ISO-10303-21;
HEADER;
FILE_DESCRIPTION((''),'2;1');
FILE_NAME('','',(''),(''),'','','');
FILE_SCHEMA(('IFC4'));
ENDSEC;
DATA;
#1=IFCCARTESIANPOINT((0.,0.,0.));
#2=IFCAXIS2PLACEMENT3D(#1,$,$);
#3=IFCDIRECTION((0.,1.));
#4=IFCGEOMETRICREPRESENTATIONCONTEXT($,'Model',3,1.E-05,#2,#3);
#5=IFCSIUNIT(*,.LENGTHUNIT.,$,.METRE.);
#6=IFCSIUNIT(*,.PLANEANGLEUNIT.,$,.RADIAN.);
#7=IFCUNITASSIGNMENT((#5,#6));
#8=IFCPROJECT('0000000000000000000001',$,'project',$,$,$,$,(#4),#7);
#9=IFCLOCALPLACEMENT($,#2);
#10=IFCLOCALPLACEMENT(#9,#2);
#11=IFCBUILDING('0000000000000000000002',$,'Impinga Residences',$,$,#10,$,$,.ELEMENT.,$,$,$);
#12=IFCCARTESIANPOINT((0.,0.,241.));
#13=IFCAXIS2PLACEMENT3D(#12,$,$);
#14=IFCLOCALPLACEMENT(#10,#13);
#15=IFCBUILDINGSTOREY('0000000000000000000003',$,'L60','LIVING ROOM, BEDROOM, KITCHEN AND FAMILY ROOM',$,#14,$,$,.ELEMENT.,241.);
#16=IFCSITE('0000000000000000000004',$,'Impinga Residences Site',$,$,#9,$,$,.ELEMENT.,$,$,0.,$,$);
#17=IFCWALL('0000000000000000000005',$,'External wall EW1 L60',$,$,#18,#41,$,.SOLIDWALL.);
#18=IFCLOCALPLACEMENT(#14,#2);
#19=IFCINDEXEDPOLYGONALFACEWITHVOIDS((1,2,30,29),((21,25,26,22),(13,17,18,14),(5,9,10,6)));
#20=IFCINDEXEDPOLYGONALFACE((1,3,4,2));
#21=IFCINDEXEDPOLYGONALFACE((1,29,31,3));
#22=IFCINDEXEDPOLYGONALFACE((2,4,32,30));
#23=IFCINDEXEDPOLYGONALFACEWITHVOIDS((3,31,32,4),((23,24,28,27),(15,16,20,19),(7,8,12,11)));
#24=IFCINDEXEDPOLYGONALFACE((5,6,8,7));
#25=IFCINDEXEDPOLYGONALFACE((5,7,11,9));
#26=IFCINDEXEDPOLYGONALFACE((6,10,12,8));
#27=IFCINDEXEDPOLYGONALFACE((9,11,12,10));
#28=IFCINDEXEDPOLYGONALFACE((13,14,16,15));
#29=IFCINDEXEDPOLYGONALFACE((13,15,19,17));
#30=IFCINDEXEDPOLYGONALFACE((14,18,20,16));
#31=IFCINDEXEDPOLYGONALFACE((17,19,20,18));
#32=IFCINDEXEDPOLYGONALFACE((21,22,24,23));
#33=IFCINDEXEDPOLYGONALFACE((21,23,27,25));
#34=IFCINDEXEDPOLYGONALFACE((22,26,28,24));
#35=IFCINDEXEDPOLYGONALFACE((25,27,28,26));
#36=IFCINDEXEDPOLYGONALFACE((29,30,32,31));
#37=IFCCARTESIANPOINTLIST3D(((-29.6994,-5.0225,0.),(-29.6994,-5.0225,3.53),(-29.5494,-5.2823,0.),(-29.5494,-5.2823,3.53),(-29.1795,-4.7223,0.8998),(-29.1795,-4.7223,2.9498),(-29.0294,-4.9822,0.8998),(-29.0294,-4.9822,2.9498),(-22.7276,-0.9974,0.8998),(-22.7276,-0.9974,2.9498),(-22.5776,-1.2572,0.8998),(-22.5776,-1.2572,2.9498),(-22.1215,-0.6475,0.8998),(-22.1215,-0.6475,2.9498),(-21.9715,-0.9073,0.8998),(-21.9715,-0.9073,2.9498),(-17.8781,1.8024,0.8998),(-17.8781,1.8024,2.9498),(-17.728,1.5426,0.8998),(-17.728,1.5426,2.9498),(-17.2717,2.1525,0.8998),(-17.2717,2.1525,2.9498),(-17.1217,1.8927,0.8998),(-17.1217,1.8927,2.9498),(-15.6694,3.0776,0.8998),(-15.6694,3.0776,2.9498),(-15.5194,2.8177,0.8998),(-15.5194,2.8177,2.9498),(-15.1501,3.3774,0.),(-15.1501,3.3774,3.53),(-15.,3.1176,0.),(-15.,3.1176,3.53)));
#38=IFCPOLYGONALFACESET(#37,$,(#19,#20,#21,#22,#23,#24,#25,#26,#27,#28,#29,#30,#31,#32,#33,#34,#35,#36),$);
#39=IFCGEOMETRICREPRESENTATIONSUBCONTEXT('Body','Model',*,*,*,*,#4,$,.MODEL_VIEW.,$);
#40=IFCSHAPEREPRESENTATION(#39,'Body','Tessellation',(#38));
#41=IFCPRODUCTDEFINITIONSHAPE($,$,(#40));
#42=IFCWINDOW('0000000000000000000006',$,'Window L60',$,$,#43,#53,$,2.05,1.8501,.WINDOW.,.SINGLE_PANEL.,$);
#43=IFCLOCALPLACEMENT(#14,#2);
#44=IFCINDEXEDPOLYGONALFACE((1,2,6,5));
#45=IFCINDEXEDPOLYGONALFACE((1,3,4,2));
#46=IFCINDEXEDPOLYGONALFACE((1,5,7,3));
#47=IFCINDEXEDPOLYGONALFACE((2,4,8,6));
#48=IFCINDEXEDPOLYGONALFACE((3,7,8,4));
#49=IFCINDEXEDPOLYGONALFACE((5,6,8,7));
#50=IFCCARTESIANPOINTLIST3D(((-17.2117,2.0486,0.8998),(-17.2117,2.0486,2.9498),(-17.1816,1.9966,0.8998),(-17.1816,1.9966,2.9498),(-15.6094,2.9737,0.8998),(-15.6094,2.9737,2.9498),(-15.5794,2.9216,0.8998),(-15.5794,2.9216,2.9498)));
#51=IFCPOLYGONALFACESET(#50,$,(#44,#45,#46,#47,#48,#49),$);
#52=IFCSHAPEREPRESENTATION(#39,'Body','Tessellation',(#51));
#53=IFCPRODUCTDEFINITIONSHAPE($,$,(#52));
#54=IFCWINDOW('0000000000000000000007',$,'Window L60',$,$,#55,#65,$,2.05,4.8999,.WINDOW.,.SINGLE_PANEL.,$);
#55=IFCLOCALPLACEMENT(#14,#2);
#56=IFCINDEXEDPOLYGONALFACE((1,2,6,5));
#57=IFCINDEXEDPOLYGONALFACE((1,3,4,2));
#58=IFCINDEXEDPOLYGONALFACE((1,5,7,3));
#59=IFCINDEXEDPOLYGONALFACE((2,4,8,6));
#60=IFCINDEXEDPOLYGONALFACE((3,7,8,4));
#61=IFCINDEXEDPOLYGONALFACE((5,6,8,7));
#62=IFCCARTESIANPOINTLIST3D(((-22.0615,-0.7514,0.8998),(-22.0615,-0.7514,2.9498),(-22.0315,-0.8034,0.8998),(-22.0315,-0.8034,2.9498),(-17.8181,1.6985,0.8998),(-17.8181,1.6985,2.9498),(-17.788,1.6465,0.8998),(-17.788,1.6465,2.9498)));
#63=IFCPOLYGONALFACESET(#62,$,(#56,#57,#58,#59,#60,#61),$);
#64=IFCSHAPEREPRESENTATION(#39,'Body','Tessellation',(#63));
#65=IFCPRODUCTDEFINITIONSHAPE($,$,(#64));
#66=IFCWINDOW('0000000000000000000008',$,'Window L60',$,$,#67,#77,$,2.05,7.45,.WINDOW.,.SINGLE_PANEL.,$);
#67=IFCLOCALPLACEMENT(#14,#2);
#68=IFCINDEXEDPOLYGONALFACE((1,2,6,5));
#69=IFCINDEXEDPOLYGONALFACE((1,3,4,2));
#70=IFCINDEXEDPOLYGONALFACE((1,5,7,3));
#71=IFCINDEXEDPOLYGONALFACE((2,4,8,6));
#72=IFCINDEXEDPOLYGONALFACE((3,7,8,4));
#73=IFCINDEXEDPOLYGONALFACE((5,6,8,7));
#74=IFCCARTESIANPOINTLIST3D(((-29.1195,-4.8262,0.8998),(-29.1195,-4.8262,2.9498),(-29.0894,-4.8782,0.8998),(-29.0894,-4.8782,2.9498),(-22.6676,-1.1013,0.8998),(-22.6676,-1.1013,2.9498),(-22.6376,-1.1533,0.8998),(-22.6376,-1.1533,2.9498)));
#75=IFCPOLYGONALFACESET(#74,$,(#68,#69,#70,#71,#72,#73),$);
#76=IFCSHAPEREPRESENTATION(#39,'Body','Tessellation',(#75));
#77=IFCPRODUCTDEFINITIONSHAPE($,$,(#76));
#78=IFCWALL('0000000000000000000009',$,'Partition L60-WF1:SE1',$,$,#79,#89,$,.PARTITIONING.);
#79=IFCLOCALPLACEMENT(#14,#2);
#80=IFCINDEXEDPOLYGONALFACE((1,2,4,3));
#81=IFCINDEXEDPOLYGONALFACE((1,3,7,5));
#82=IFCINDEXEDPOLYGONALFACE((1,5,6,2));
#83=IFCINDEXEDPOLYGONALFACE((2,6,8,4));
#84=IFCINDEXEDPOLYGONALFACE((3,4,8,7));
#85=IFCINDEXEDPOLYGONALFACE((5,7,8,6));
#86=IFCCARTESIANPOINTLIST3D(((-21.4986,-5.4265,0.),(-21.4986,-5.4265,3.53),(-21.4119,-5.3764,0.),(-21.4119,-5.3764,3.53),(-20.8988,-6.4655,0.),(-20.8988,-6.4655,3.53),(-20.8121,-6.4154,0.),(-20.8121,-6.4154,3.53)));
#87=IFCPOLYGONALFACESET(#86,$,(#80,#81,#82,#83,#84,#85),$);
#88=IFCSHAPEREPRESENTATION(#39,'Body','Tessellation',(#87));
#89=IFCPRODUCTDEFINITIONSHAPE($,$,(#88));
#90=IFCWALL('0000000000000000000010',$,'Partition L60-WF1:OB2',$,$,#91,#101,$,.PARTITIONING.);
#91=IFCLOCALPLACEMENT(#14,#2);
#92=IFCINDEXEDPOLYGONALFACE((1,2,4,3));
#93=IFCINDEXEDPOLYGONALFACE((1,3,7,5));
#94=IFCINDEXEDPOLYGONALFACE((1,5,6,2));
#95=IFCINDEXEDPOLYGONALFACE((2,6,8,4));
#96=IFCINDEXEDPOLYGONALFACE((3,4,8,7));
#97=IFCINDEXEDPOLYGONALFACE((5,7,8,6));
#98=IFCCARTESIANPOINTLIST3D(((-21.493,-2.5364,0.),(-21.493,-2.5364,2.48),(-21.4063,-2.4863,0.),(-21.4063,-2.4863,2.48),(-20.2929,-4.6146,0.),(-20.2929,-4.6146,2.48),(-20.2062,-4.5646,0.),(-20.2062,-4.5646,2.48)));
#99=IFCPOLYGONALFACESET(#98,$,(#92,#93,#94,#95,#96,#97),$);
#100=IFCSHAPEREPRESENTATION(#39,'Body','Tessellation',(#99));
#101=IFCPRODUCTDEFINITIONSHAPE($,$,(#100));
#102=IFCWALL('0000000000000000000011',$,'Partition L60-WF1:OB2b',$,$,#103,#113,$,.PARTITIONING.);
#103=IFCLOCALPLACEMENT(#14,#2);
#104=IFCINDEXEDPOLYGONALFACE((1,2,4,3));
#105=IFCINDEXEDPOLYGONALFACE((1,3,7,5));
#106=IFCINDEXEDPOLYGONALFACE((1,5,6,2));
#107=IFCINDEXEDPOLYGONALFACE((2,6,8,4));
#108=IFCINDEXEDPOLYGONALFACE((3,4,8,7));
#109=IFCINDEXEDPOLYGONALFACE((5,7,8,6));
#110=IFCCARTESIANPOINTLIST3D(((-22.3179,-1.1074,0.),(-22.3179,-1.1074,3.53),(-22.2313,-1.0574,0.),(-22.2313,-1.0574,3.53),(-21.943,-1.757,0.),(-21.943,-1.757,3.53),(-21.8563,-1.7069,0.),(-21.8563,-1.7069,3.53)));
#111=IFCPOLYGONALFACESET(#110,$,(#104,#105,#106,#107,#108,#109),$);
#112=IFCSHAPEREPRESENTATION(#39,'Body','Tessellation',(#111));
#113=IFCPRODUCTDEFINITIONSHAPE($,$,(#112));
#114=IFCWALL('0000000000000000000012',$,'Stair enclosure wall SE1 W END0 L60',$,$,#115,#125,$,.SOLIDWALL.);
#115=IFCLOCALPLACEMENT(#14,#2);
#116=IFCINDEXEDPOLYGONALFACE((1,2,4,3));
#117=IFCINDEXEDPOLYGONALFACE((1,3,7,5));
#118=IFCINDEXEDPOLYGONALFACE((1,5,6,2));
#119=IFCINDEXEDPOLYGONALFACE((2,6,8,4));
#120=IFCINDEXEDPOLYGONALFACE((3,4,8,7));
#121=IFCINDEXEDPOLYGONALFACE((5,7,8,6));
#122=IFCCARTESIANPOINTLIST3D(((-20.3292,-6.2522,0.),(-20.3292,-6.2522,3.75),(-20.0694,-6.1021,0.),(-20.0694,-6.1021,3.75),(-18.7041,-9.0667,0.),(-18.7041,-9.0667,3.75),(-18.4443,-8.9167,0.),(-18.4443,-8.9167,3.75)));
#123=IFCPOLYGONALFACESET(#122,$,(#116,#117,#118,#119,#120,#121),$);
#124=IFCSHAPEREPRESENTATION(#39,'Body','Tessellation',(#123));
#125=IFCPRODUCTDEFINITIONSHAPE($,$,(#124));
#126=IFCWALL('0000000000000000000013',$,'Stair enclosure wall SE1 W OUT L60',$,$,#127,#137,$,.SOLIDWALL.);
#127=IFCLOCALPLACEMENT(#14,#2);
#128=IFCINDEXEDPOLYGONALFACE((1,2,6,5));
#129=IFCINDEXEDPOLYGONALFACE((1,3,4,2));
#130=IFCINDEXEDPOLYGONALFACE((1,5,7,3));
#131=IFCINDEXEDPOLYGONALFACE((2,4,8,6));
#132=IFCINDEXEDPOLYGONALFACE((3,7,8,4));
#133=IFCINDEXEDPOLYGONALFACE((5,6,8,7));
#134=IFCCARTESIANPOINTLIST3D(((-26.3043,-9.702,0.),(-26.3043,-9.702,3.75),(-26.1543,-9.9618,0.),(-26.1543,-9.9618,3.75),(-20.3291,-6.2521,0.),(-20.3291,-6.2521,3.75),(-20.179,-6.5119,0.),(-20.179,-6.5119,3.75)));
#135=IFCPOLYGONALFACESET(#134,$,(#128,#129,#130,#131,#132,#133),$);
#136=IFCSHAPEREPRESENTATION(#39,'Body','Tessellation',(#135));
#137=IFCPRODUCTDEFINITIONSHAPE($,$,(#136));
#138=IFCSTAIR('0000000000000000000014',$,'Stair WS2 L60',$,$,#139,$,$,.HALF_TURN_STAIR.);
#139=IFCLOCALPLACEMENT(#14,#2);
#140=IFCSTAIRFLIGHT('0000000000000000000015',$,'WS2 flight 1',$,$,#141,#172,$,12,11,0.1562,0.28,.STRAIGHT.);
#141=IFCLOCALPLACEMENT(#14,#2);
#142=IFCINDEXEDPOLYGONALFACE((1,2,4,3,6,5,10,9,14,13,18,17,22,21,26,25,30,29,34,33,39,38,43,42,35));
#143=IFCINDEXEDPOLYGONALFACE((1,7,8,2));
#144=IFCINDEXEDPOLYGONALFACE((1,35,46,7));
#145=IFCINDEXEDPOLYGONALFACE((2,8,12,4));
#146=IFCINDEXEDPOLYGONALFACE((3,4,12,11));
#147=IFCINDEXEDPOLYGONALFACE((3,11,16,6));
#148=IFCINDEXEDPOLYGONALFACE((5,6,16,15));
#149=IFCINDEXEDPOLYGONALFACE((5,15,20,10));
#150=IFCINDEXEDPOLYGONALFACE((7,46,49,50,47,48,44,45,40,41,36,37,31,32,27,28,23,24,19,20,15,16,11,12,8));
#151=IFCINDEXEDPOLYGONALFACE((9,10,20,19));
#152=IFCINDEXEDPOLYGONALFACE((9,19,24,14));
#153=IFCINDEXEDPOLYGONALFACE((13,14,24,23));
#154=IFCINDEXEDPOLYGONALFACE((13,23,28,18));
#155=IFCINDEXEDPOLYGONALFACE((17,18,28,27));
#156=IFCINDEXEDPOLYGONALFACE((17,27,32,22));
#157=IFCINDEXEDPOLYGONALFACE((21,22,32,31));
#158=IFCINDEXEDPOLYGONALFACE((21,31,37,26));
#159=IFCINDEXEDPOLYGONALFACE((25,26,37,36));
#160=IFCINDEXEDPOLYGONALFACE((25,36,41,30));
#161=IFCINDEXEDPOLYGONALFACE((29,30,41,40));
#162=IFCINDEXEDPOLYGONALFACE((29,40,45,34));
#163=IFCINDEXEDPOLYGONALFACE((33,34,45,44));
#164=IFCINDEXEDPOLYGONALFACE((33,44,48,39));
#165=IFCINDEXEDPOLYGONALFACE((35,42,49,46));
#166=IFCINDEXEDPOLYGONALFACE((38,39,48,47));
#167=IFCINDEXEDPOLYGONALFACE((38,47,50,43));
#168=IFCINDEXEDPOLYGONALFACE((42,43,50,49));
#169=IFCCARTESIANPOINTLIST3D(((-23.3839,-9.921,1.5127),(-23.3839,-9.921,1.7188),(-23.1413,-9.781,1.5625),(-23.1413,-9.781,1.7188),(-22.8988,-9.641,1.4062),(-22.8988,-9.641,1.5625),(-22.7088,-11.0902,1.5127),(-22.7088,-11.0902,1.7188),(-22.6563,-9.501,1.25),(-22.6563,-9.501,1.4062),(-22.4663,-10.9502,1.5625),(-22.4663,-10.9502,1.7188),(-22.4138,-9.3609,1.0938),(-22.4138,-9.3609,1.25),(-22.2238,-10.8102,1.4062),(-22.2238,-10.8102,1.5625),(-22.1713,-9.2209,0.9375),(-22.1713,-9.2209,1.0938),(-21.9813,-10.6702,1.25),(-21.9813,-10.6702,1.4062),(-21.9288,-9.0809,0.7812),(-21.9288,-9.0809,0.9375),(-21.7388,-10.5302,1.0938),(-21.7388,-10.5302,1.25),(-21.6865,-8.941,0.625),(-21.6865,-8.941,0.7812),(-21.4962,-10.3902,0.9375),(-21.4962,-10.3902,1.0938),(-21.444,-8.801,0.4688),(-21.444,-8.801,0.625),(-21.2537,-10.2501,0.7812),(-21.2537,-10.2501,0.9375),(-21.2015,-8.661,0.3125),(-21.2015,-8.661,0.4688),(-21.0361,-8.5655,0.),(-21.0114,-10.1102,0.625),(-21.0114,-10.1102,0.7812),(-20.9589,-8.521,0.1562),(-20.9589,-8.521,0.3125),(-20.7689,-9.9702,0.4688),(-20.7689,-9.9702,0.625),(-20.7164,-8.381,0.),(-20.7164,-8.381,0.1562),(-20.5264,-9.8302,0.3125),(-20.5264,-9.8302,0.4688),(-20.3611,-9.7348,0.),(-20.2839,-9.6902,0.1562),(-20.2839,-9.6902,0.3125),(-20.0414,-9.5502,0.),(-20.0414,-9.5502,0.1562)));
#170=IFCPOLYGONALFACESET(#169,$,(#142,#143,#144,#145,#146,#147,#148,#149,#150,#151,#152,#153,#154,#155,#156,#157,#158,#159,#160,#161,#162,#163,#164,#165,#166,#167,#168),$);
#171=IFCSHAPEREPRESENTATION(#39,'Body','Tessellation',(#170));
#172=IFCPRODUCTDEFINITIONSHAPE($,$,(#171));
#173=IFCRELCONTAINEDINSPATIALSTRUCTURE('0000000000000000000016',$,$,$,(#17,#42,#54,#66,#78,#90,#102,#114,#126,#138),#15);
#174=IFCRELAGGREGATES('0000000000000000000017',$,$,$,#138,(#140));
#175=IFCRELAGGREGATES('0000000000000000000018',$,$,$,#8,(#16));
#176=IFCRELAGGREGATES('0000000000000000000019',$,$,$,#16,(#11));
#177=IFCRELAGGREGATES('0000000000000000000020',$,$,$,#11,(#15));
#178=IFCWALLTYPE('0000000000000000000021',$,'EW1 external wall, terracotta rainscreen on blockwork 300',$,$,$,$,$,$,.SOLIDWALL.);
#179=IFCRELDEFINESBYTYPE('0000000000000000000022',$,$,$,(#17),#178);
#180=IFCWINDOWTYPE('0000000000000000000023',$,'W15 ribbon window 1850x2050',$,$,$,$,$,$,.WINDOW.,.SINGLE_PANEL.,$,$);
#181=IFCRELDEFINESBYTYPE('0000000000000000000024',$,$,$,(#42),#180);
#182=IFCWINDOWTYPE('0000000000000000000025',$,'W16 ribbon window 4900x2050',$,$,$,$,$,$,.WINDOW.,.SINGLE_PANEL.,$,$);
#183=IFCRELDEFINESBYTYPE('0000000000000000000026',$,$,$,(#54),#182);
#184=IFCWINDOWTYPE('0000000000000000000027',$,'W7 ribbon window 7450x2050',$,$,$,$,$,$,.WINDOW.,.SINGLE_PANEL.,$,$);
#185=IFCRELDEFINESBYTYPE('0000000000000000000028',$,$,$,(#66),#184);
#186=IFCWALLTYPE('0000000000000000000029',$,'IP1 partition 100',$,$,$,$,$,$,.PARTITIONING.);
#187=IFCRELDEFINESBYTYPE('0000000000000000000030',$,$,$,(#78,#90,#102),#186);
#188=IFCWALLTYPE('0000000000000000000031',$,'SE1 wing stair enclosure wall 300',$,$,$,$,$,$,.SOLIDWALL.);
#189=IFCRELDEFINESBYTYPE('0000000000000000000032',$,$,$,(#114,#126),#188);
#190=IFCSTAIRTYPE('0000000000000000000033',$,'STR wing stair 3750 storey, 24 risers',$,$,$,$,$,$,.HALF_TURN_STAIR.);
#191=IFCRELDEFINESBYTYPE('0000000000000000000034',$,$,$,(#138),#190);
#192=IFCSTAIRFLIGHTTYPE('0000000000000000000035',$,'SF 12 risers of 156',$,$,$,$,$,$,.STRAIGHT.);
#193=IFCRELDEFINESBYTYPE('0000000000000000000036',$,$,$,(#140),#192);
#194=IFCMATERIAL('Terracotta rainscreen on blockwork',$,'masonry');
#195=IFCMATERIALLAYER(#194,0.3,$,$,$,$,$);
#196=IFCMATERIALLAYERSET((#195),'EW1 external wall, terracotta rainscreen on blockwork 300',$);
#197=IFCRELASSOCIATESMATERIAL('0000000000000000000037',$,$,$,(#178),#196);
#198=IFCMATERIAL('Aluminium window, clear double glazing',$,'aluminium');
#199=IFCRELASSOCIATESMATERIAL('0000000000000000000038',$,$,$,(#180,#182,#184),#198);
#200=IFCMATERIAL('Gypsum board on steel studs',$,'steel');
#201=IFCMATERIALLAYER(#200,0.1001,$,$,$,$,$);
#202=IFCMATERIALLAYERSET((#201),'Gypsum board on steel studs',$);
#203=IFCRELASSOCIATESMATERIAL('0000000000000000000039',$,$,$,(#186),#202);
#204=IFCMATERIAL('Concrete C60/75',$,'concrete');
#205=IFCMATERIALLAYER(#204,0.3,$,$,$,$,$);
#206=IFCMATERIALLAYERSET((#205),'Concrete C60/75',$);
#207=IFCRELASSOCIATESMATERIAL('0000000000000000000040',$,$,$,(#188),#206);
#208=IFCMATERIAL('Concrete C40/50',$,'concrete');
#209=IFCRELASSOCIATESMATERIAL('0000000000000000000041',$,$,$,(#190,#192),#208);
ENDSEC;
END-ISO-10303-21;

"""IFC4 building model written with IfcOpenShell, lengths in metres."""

from ifc_helpers import new_model, si_unit, direction, frame, frame_2d, origin, place, context, subcontext, project, spatial, polyline, rectangle, outline, extrude, material, layer, layer_set, type_object, element, fill, aggregate, save


model = new_model("IFC4")

# Units and contexts
model_context = context("Model", 3, precision=1e-05, world=origin(), true_north=direction((0.0, 1.0)))
body_context = subcontext(model_context, "Body", "Model", "MODEL_VIEW")
ifc_project = project(units=[si_unit("LENGTHUNIT", "METRE"), si_unit("PLANEANGLEUNIT", "RADIAN")], contexts=[model_context])

# Site, building, storey
site_placement = place(None, origin())
site = spatial("IfcSite", under=ifc_project, at=site_placement, Name="Impinga Residences Site", CompositionType="ELEMENT", RefElevation=0.0)
building_placement = place(site_placement, origin())
building = spatial("IfcBuilding", under=site, at=building_placement, Name="Impinga Residences", CompositionType="ELEMENT")
storey_placement = place(building_placement, frame((0.0, 0.0, 241.0)))
storey = spatial("IfcBuildingStorey", under=building, at=storey_placement, Name="L60", Description="LIVING ROOM, BEDROOM, KITCHEN AND FAMILY ROOM", CompositionType="ELEMENT", Elevation=241.0)

# Shared definitions
ifc_material_1 = material(Name="Concrete C60/75", Category="concrete")

# Shared definitions
ifc_material_2 = material(Name="Terracotta rainscreen on blockwork", Category="masonry")
ifc_layer_1 = layer(ifc_material_2, 0.3)
ifc_layer_set_1 = layer_set([ifc_layer_1], Name="EW1 external wall, terracotta rainscreen on blockwork 300")
wall_type_1 = type_object("IfcWallType", Name="EW1 external wall, terracotta rainscreen on blockwork 300", PredefinedType="SOLIDWALL", material=ifc_layer_set_1)

# Wall, openings, windows
wall_1_placement = place(storey_placement, frame((-29.6243, -5.1523, 0.0), z_axis=(0.0, 0.0, 1.0), x_axis=(0.866029, 0.499993, 0.0)))
wall_1 = element("IfcWall", 1, at=wall_1_placement, inside=storey, type_object=wall_type_1, Name="External wall EW1 L60", PredefinedType="SOLIDWALL", context=body_context, shape_type="SweptSolid", body=[
    extrude(rectangle(XDim=16.8, YDim=0.3, at=frame_2d((8.3999, 0.0))), origin(), (0.0, 0.0, 1.0), 3.53),
])
opening_1_placement = place(wall_1_placement, frame((0.6001, 0.0, 0.8999)))
opening_1 = element("IfcOpeningElement", 2, at=opening_1_placement, cuts=wall_1, PredefinedType="OPENING", context=body_context, shape_type="SweptSolid", body=[
    extrude(rectangle(XDim=7.45, YDim=2.05, at=frame_2d((3.7251, 1.0249))), frame((0.0, 0.1599, 0.0), z_axis=(0.0, -1.0, 0.0), x_axis=(1.0, 0.0, 0.0)), (0.0, 0.0, 1.0), 0.3201),
])
opening_2_placement = place(wall_1_placement, frame((8.75, 0.0, 0.8999)))
opening_2 = element("IfcOpeningElement", 3, at=opening_2_placement, cuts=wall_1, PredefinedType="OPENING", context=body_context, shape_type="SweptSolid", body=[
    extrude(rectangle(XDim=4.8999, YDim=2.05, at=frame_2d((2.45, 1.0249))), frame((0.0, 0.1599, 0.0), z_axis=(0.0, -1.0, 0.0), x_axis=(1.0, 0.0, 0.0)), (0.0, 0.0, 1.0), 0.3201),
])
opening_3_placement = place(wall_1_placement, frame((14.3501, 0.0, 0.8999)))
opening_3 = element("IfcOpeningElement", 4, at=opening_3_placement, cuts=wall_1, PredefinedType="OPENING", context=body_context, shape_type="SweptSolid", body=[
    extrude(rectangle(XDim=1.8501, YDim=2.05, at=frame_2d((0.925, 1.0249))), frame((0.0, 0.1599, 0.0), z_axis=(0.0, -1.0, 0.0), x_axis=(1.0, 0.0, 0.0)), (0.0, 0.0, 1.0), 0.3201),
])
ifc_material_3 = material(Name="Aluminium window, clear double glazing", Category="aluminium")
window_type_1 = type_object("IfcWindowType", Name="W15 ribbon window 1850x2050", PartitioningType="SINGLE_PANEL", PredefinedType="WINDOW", material=ifc_material_3)
window_1_placement = place(opening_3_placement, origin())
window_1 = element("IfcWindow", 5, at=window_1_placement, inside=storey, type_object=window_type_1, Name="Window L60", OverallHeight=2.05, OverallWidth=1.8501, PartitioningType="SINGLE_PANEL", PredefinedType="WINDOW", context=body_context, shape_type="SweptSolid", body=[
    extrude(rectangle(XDim=1.8501, YDim=2.05, at=frame_2d((0.925, 1.0249))), frame((0.0, 0.03, 0.0), z_axis=(0.0, -1.0, 0.0), x_axis=(1.0, 0.0, 0.0)), (0.0, 0.0, 1.0), 0.0601),
])
fill(opening_3, window_1)
window_type_2 = type_object("IfcWindowType", Name="W16 ribbon window 4900x2050", PartitioningType="SINGLE_PANEL", PredefinedType="WINDOW", material=ifc_material_3)
window_2_placement = place(opening_2_placement, origin())
window_2 = element("IfcWindow", 6, at=window_2_placement, inside=storey, type_object=window_type_2, Name="Window L60", OverallHeight=2.05, OverallWidth=4.8999, PartitioningType="SINGLE_PANEL", PredefinedType="WINDOW", context=body_context, shape_type="SweptSolid", body=[
    extrude(rectangle(XDim=4.8999, YDim=2.05, at=frame_2d((2.45, 1.0249))), frame((0.0, 0.03, 0.0), z_axis=(0.0, -1.0, 0.0), x_axis=(1.0, 0.0, 0.0)), (0.0, 0.0, 1.0), 0.0601),
])
fill(opening_2, window_2)
window_type_3 = type_object("IfcWindowType", Name="W7 ribbon window 7450x2050", PartitioningType="SINGLE_PANEL", PredefinedType="WINDOW", material=ifc_material_3)
window_3_placement = place(opening_1_placement, origin())
window_3 = element("IfcWindow", 7, at=window_3_placement, inside=storey, type_object=window_type_3, Name="Window L60", OverallHeight=2.05, OverallWidth=7.45, PartitioningType="SINGLE_PANEL", PredefinedType="WINDOW", context=body_context, shape_type="SweptSolid", body=[
    extrude(rectangle(XDim=7.45, YDim=2.05, at=frame_2d((3.7251, 1.0249))), frame((0.0, 0.03, 0.0), z_axis=(0.0, -1.0, 0.0), x_axis=(1.0, 0.0, 0.0)), (0.0, 0.0, 1.0), 0.0601),
])
fill(opening_1, window_3)

# Walls
ifc_material_4 = material(Name="Gypsum board on steel studs", Category="steel")
ifc_layer_2 = layer(ifc_material_4, 0.1001)
ifc_layer_set_2 = layer_set([ifc_layer_2], Name="Gypsum board on steel studs")
wall_type_2 = type_object("IfcWallType", Name="IP1 partition 100", PredefinedType="PARTITIONING", material=ifc_layer_set_2)
wall_2_placement = place(storey_placement, frame((-20.8555, -6.4404, 0.0), z_axis=(0.0, 0.0, 1.0), x_axis=(-0.499969, 0.866043, 0.0)))
element("IfcWall", 8, at=wall_2_placement, inside=storey, type_object=wall_type_2, Name="Partition L60-WF1:SE1", PredefinedType="PARTITIONING", context=body_context, shape_type="SweptSolid", body=[
    extrude(rectangle(XDim=1.1997, YDim=0.1001, at=frame_2d((0.5999, 0.0))), origin(), (0.0, 0.0, 1.0), 3.53),
])
wall_3_placement = place(storey_placement, frame((-20.2495, -4.5896, 0.0), z_axis=(0.0, 0.0, 1.0), x_axis=(-0.500078, 0.865981, 0.0)))
element("IfcWall", 9, at=wall_3_placement, inside=storey, type_object=wall_type_2, Name="Partition L60-WF1:OB2", PredefinedType="PARTITIONING", context=body_context, shape_type="SweptSolid", body=[
    extrude(rectangle(XDim=2.3999, YDim=0.1001, at=frame_2d((1.2, 0.0))), origin(), (0.0, 0.0, 1.0), 2.48),
])
wall_4_placement = place(storey_placement, frame((-21.8997, -1.7319, 0.0), z_axis=(0.0, 0.0, 1.0), x_axis=(-0.49992, 0.866072, 0.0)))
element("IfcWall", 10, at=wall_4_placement, inside=storey, type_object=wall_type_2, Name="Partition L60-WF1:OB2b", PredefinedType="PARTITIONING", context=body_context, shape_type="SweptSolid", body=[
    extrude(rectangle(XDim=0.75, YDim=0.1001, at=frame_2d((0.375, 0.0))), origin(), (0.0, 0.0, 1.0), 3.53),
])
ifc_layer_3 = layer(ifc_material_1, 0.3)
ifc_layer_set_3 = layer_set([ifc_layer_3], Name="Concrete C60/75")
wall_type_3 = type_object("IfcWallType", Name="SE1 wing stair enclosure wall 300", PredefinedType="SOLIDWALL", material=ifc_layer_set_3)
wall_5_placement = place(storey_placement, frame((-18.5742, -8.9917, 0.0), z_axis=(0.0, 0.0, 1.0), x_axis=(-0.500017, 0.866015, 0.0)))
element("IfcWall", 11, at=wall_5_placement, inside=storey, type_object=wall_type_3, Name="Stair enclosure wall SE1 W END0 L60", PredefinedType="SOLIDWALL", context=body_context, shape_type="SweptSolid", body=[
    extrude(rectangle(XDim=3.25, YDim=0.3, at=frame_2d((1.625, 0.0))), origin(), (0.0, 0.0, 1.0), 3.75),
])
wall_6_placement = place(storey_placement, frame((-20.2542, -6.3821, 0.0), z_axis=(0.0, 0.0, 1.0), x_axis=(-0.86602, -0.500009, 0.0)))
element("IfcWall", 12, at=wall_6_placement, inside=storey, type_object=wall_type_3, Name="Stair enclosure wall SE1 W OUT L60", PredefinedType="SOLIDWALL", context=body_context, shape_type="SweptSolid", body=[
    extrude(rectangle(XDim=6.8997, YDim=0.3, at=frame_2d((3.4497, 0.0))), origin(), (0.0, 0.0, 1.0), 3.75),
])

# Stair, stair flight
ifc_material_5 = material(Name="Concrete C40/50", Category="concrete")
stair_type = type_object("IfcStairType", Name="STR wing stair 3750 storey, 24 risers", PredefinedType="HALF_TURN_STAIR", material=ifc_material_5)
stair_placement = place(storey_placement, origin())
stair = element("IfcStair", 13, at=stair_placement, inside=storey, type_object=stair_type, Name="Stair WS2 L60", PredefinedType="HALF_TURN_STAIR")
stair_flight_type = type_object("IfcStairFlightType", Name="SF 12 risers of 156", PredefinedType="STRAIGHT", material=ifc_material_5)
stair_flight_1_placement = place(storey_placement, frame((-20.3789, -8.9656, 0.0), z_axis=(0.0, 0.0, 1.0), x_axis=(-0.866025, -0.5, 0.0)))
stair_flight_1 = element("IfcStairFlight", 14, at=stair_flight_1_placement, type_object=stair_flight_type, Name="WS2 flight 1", NumberOfRisers=12, NumberOfTreads=11, PredefinedType="STRAIGHT", RiserHeight=0.1562, TreadLength=0.28, context=body_context, shape_type="SweptSolid", body=[
    extrude(outline(polyline([(0.0, 0.0), (0.0, 0.1562), (0.28, 0.1562), (0.28, 0.3125), (0.5601, 0.3125), (0.5601, 0.4688), (0.8401, 0.4688), (0.8401, 0.625), (1.1201, 0.625), (1.1201, 0.7812), (1.3999, 0.7812), (1.3999, 0.9375), (1.6799, 0.9375), (1.6799, 1.0938), (1.96, 1.0938), (1.96, 1.25), (2.24, 1.25), (2.24, 1.4062), (2.52, 1.4062), (2.52, 1.5625), (2.8, 1.5625), (2.8, 1.7188), (3.0801, 1.7188), (3.0801, 1.875), (3.0801, 1.5127), (0.3691, 0.0), (0.0, 0.0)])), frame((0.0, 0.675, 0.0), z_axis=(0.0, -1.0, 0.0), x_axis=(1.0, 0.0, 0.0)), (0.0, 0.0, 1.0), 1.3501),
])
aggregate(stair, [stair_flight_1])

save(model, "model.ifc")
